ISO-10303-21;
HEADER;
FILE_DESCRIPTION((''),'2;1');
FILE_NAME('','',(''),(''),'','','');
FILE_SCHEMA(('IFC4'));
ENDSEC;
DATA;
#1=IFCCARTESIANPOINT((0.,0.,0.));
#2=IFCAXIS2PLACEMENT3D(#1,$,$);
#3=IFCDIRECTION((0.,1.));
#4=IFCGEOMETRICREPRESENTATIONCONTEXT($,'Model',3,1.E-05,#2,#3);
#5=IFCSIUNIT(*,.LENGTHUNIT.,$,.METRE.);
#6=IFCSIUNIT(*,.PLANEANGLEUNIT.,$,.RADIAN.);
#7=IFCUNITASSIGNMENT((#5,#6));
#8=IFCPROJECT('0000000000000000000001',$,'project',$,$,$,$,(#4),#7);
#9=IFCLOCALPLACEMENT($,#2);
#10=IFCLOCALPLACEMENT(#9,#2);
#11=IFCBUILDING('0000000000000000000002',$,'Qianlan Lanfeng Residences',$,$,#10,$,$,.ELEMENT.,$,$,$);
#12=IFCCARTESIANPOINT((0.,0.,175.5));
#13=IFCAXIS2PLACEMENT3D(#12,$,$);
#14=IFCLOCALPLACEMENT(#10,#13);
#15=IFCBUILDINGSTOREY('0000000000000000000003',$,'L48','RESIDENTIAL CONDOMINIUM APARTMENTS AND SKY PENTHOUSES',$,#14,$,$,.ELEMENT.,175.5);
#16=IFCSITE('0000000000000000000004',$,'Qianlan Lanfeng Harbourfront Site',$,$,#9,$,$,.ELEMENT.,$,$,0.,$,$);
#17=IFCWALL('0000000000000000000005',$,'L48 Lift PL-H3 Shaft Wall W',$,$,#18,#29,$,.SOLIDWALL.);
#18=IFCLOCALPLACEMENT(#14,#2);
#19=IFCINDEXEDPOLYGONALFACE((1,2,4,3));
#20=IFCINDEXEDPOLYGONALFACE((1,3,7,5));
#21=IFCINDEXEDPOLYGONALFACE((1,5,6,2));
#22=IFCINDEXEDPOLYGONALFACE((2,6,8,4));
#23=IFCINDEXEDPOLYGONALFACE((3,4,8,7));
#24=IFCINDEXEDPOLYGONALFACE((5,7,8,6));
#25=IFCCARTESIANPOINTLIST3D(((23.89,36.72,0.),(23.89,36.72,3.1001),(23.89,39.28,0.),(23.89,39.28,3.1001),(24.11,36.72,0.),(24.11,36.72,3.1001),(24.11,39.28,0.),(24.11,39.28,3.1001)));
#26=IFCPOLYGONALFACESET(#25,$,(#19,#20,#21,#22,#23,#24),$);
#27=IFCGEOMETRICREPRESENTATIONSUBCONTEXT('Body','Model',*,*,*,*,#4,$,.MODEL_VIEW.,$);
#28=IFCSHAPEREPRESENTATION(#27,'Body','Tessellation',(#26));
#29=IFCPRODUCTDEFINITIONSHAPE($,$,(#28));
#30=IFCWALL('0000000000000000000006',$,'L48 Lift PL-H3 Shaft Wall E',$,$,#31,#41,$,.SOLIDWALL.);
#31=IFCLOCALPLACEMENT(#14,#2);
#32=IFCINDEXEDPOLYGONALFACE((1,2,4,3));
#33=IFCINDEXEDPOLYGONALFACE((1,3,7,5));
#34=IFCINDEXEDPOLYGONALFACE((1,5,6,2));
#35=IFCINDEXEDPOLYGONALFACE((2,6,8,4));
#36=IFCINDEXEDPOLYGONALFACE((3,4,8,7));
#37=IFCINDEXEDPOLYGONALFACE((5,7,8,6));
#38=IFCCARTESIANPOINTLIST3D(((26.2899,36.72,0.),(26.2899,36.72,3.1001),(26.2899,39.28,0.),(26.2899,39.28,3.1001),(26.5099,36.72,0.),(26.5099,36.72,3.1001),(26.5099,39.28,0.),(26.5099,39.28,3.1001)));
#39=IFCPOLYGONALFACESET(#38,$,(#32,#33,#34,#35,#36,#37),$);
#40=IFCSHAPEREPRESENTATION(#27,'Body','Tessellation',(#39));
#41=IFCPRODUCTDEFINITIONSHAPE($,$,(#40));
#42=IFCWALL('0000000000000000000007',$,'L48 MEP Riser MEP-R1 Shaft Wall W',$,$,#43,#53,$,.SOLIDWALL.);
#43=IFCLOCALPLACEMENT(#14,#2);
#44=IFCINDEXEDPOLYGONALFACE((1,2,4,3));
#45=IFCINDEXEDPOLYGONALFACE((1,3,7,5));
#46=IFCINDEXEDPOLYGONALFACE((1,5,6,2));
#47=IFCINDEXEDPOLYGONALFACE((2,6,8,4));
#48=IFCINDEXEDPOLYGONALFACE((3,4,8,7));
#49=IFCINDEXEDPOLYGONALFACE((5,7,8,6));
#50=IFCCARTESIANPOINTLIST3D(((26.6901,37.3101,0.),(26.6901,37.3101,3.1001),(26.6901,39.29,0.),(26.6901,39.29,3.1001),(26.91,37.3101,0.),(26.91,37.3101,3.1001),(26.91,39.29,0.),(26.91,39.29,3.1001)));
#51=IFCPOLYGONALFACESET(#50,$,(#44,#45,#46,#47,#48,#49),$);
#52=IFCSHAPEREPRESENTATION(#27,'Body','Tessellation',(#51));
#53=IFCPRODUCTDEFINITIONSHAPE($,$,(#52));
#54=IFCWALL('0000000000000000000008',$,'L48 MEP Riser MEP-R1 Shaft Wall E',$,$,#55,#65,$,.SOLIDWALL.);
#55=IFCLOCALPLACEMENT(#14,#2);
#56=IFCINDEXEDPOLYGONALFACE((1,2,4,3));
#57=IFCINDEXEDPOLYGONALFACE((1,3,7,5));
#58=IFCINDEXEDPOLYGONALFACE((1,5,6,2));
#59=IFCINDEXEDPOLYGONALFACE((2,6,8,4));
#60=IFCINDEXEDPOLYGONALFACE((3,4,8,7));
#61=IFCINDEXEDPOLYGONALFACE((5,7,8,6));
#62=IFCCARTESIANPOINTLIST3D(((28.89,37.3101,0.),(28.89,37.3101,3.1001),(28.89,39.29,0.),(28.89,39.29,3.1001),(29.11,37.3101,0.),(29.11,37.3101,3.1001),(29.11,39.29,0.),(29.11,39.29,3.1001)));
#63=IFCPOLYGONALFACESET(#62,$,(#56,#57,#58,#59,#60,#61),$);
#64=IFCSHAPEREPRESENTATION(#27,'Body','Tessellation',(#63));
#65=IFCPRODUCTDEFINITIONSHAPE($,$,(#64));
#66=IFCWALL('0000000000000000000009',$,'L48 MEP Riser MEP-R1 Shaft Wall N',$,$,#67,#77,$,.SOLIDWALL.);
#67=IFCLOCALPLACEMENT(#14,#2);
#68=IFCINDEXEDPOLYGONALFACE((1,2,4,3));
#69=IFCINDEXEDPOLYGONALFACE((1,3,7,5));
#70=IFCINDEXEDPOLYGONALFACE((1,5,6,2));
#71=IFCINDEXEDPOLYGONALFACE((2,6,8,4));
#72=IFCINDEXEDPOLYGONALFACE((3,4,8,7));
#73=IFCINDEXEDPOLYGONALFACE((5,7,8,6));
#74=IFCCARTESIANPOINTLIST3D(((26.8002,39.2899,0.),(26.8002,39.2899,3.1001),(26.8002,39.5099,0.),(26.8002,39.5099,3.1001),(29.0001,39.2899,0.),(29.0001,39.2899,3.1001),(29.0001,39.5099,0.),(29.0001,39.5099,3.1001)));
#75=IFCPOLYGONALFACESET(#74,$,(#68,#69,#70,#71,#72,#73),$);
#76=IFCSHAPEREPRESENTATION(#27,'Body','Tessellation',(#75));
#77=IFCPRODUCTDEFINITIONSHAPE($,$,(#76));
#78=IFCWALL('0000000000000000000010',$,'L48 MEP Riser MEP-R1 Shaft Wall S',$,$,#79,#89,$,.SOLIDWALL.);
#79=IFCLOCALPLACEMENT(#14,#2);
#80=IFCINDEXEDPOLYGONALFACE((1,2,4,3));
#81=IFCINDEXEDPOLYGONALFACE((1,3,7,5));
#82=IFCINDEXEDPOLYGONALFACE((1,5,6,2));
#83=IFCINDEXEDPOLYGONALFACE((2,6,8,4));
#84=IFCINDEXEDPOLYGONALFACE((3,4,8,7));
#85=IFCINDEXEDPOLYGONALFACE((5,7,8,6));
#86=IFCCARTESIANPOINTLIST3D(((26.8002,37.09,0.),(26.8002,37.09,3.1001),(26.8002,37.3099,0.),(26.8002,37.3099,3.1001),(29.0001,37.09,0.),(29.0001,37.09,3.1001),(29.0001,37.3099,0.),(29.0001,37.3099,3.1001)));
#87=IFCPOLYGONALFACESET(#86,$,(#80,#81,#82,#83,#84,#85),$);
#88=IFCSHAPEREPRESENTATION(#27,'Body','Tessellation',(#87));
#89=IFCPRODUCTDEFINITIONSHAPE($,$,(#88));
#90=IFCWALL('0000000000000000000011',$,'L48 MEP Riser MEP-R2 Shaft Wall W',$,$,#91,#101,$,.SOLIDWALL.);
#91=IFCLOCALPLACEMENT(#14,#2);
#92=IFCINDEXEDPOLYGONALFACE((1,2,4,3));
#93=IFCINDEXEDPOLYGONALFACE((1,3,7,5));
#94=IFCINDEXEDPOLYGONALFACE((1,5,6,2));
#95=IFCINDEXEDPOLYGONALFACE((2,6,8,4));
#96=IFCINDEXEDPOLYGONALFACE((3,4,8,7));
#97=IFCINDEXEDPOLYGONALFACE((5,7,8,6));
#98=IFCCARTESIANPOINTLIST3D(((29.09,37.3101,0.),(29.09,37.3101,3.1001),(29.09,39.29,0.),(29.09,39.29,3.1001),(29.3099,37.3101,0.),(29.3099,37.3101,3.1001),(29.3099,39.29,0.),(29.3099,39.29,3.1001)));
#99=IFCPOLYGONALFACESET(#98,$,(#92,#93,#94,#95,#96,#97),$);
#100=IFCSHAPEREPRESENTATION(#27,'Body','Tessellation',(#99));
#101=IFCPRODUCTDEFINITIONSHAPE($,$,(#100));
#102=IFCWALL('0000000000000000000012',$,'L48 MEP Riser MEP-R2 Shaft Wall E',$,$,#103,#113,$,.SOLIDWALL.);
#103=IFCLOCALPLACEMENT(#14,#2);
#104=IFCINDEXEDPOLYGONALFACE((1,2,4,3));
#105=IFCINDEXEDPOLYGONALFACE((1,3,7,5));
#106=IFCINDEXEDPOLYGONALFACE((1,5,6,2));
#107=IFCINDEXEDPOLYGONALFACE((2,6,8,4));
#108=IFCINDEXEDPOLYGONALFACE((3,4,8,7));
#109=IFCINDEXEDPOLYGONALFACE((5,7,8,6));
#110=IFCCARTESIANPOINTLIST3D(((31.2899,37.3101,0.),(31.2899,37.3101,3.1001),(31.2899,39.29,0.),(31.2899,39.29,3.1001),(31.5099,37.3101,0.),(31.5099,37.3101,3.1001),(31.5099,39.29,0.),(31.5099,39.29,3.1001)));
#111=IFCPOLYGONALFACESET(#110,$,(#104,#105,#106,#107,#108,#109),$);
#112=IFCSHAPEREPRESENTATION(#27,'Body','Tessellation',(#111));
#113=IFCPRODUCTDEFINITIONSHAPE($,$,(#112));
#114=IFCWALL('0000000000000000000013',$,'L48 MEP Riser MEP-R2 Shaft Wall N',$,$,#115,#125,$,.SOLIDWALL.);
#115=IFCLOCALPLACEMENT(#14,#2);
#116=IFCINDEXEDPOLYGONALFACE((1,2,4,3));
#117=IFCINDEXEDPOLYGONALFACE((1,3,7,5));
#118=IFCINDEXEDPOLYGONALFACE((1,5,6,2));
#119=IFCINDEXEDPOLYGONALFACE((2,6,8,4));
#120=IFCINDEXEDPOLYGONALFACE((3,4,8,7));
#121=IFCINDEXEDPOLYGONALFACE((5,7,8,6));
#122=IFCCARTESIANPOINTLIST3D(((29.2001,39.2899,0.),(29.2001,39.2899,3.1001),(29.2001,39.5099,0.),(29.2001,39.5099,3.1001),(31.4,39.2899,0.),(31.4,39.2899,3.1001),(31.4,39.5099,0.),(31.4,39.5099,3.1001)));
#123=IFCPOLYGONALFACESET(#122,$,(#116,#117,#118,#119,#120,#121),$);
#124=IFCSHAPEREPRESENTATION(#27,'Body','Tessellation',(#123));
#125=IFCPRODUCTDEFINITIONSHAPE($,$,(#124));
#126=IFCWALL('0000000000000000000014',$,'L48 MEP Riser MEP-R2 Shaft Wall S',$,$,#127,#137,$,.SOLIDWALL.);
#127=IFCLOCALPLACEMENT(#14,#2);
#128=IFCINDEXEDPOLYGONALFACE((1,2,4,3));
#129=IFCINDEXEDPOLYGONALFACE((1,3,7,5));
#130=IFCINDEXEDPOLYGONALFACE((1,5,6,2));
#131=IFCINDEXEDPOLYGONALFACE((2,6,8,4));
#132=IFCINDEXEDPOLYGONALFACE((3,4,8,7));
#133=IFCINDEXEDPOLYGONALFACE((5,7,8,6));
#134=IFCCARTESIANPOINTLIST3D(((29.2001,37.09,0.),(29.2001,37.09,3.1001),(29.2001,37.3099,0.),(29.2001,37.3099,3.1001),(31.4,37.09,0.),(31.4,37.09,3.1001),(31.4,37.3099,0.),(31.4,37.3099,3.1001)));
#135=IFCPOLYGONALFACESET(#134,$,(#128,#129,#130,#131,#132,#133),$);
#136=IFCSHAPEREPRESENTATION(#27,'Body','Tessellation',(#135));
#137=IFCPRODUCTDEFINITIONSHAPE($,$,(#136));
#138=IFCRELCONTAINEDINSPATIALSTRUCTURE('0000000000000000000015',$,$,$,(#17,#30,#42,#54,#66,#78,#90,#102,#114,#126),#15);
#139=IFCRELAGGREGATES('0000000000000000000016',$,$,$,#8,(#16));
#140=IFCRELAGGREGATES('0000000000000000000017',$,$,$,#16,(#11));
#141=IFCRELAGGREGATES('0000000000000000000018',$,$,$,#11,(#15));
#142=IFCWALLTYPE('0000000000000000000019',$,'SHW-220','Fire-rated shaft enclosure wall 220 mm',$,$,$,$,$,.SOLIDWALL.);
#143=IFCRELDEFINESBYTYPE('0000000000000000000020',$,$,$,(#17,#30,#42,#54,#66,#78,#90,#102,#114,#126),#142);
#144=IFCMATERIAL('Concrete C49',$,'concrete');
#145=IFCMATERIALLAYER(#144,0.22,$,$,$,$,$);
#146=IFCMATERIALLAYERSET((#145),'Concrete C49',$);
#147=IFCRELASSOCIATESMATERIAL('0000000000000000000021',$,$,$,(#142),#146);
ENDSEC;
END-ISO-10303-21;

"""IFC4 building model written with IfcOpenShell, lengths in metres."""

from ifc_helpers import new_model, si_unit, direction, frame, frame_2d, origin, place, context, subcontext, project, spatial, rectangle, extrude, material, layer, layer_set, type_object, element, save


model = new_model("IFC4")

# Units and contexts
model_context = context("Model", 3, precision=1e-05, world=origin(), true_north=direction((0.0, 1.0)))
body_context = subcontext(model_context, "Body", "Model", "MODEL_VIEW")
ifc_project = project(units=[si_unit("LENGTHUNIT", "METRE"), si_unit("PLANEANGLEUNIT", "RADIAN")], contexts=[model_context])

# Site, building, storey
site_placement = place(None, origin())
site = spatial("IfcSite", under=ifc_project, at=site_placement, Name="Qianlan Lanfeng Harbourfront Site", CompositionType="ELEMENT", RefElevation=0.0)
building_placement = place(site_placement, origin())
building = spatial("IfcBuilding", under=site, at=building_placement, Name="Qianlan Lanfeng Residences", CompositionType="ELEMENT")
storey_placement = place(building_placement, frame((0.0, 0.0, 175.5)))
storey = spatial("IfcBuildingStorey", under=building, at=storey_placement, Name="L48", Description="RESIDENTIAL CONDOMINIUM APARTMENTS AND SKY PENTHOUSES", CompositionType="ELEMENT", Elevation=175.5)

# Walls
ifc_material_1 = material(Name="Concrete C49", Category="concrete")
ifc_layer_1 = layer(ifc_material_1, 0.22)
ifc_layer_set_1 = layer_set([ifc_layer_1], Name="Concrete C49")
wall_type_1 = type_object("IfcWallType", Name="SHW-220", Description="Fire-rated shaft enclosure wall 220 mm", PredefinedType="SOLIDWALL", material=ifc_layer_set_1)
for number, where, z_axis, x_axis, name in (
    (1, (24.0, 36.72, 0.0), (0.0, 0.0, 1.0), (0.0, 1.0, 0.0), "L48 Lift PL-H3 Shaft Wall W"),
    (2, (26.3999, 36.72, 0.0), (0.0, 0.0, 1.0), (0.0, 1.0, 0.0), "L48 Lift PL-H3 Shaft Wall E"),
):
    element("IfcWall", number, at=place(storey_placement, frame(where, z_axis=z_axis, x_axis=x_axis)), inside=storey, type_object=wall_type_1, Name=name, PredefinedType="SOLIDWALL", context=body_context, shape_type="SweptSolid", body=[
        extrude(rectangle(XDim=2.5601, YDim=0.22, at=frame_2d((1.28, 0.0))), origin(), (0.0, 0.0, 1.0), 3.1001),
    ])
for number, where, z_axis, x_axis, name in (
    (3, (26.8, 37.3101, 0.0), (0.0, 0.0, 1.0), (0.0, 1.0, 0.0), "L48 MEP Riser MEP-R1 Shaft Wall W"),
    (4, (29.0, 37.3101, 0.0), (0.0, 0.0, 1.0), (0.0, 1.0, 0.0), "L48 MEP Riser MEP-R1 Shaft Wall E"),
):
    element("IfcWall", number, at=place(storey_placement, frame(where, z_axis=z_axis, x_axis=x_axis)), inside=storey, type_object=wall_type_1, Name=name, PredefinedType="SOLIDWALL", context=body_context, shape_type="SweptSolid", body=[
        extrude(rectangle(XDim=1.98, YDim=0.22, at=frame_2d((0.99, 0.0))), origin(), (0.0, 0.0, 1.0), 3.1001),
    ])
for number, where, z_axis, x_axis, name in (
    (5, (26.8, 39.3999, 0.0), (0.0, 0.0, 1.0), (1.0, 0.0, 0.0), "L48 MEP Riser MEP-R1 Shaft Wall N"),
    (6, (26.8, 37.2, 0.0), (0.0, 0.0, 1.0), (1.0, 0.0, 0.0), "L48 MEP Riser MEP-R1 Shaft Wall S"),
):
    element("IfcWall", number, at=place(storey_placement, frame(where, z_axis=z_axis, x_axis=x_axis)), inside=storey, type_object=wall_type_1, Name=name, PredefinedType="SOLIDWALL", context=body_context, shape_type="SweptSolid", body=[
        extrude(rectangle(XDim=2.2, YDim=0.22, at=frame_2d((1.1001, 0.0))), origin(), (0.0, 0.0, 1.0), 3.1001),
    ])
for number, where, z_axis, x_axis, name in (
    (7, (29.2, 37.3101, 0.0), (0.0, 0.0, 1.0), (0.0, 1.0, 0.0), "L48 MEP Riser MEP-R2 Shaft Wall W"),
    (8, (31.3999, 37.3101, 0.0), (0.0, 0.0, 1.0), (0.0, 1.0, 0.0), "L48 MEP Riser MEP-R2 Shaft Wall E"),
):
    element("IfcWall", number, at=place(storey_placement, frame(where, z_axis=z_axis, x_axis=x_axis)), inside=storey, type_object=wall_type_1, Name=name, PredefinedType="SOLIDWALL", context=body_context, shape_type="SweptSolid", body=[
        extrude(rectangle(XDim=1.98, YDim=0.22, at=frame_2d((0.99, 0.0))), origin(), (0.0, 0.0, 1.0), 3.1001),
    ])
for number, where, z_axis, x_axis, name in (
    (9, (29.2, 39.3999, 0.0), (0.0, 0.0, 1.0), (1.0, 0.0, 0.0), "L48 MEP Riser MEP-R2 Shaft Wall N"),
    (10, (29.2, 37.2, 0.0), (0.0, 0.0, 1.0), (1.0, 0.0, 0.0), "L48 MEP Riser MEP-R2 Shaft Wall S"),
):
    element("IfcWall", number, at=place(storey_placement, frame(where, z_axis=z_axis, x_axis=x_axis)), inside=storey, type_object=wall_type_1, Name=name, PredefinedType="SOLIDWALL", context=body_context, shape_type="SweptSolid", body=[
        extrude(rectangle(XDim=2.2, YDim=0.22, at=frame_2d((1.1001, 0.0))), origin(), (0.0, 0.0, 1.0), 3.1001),
    ])

save(model, "model.ifc")
